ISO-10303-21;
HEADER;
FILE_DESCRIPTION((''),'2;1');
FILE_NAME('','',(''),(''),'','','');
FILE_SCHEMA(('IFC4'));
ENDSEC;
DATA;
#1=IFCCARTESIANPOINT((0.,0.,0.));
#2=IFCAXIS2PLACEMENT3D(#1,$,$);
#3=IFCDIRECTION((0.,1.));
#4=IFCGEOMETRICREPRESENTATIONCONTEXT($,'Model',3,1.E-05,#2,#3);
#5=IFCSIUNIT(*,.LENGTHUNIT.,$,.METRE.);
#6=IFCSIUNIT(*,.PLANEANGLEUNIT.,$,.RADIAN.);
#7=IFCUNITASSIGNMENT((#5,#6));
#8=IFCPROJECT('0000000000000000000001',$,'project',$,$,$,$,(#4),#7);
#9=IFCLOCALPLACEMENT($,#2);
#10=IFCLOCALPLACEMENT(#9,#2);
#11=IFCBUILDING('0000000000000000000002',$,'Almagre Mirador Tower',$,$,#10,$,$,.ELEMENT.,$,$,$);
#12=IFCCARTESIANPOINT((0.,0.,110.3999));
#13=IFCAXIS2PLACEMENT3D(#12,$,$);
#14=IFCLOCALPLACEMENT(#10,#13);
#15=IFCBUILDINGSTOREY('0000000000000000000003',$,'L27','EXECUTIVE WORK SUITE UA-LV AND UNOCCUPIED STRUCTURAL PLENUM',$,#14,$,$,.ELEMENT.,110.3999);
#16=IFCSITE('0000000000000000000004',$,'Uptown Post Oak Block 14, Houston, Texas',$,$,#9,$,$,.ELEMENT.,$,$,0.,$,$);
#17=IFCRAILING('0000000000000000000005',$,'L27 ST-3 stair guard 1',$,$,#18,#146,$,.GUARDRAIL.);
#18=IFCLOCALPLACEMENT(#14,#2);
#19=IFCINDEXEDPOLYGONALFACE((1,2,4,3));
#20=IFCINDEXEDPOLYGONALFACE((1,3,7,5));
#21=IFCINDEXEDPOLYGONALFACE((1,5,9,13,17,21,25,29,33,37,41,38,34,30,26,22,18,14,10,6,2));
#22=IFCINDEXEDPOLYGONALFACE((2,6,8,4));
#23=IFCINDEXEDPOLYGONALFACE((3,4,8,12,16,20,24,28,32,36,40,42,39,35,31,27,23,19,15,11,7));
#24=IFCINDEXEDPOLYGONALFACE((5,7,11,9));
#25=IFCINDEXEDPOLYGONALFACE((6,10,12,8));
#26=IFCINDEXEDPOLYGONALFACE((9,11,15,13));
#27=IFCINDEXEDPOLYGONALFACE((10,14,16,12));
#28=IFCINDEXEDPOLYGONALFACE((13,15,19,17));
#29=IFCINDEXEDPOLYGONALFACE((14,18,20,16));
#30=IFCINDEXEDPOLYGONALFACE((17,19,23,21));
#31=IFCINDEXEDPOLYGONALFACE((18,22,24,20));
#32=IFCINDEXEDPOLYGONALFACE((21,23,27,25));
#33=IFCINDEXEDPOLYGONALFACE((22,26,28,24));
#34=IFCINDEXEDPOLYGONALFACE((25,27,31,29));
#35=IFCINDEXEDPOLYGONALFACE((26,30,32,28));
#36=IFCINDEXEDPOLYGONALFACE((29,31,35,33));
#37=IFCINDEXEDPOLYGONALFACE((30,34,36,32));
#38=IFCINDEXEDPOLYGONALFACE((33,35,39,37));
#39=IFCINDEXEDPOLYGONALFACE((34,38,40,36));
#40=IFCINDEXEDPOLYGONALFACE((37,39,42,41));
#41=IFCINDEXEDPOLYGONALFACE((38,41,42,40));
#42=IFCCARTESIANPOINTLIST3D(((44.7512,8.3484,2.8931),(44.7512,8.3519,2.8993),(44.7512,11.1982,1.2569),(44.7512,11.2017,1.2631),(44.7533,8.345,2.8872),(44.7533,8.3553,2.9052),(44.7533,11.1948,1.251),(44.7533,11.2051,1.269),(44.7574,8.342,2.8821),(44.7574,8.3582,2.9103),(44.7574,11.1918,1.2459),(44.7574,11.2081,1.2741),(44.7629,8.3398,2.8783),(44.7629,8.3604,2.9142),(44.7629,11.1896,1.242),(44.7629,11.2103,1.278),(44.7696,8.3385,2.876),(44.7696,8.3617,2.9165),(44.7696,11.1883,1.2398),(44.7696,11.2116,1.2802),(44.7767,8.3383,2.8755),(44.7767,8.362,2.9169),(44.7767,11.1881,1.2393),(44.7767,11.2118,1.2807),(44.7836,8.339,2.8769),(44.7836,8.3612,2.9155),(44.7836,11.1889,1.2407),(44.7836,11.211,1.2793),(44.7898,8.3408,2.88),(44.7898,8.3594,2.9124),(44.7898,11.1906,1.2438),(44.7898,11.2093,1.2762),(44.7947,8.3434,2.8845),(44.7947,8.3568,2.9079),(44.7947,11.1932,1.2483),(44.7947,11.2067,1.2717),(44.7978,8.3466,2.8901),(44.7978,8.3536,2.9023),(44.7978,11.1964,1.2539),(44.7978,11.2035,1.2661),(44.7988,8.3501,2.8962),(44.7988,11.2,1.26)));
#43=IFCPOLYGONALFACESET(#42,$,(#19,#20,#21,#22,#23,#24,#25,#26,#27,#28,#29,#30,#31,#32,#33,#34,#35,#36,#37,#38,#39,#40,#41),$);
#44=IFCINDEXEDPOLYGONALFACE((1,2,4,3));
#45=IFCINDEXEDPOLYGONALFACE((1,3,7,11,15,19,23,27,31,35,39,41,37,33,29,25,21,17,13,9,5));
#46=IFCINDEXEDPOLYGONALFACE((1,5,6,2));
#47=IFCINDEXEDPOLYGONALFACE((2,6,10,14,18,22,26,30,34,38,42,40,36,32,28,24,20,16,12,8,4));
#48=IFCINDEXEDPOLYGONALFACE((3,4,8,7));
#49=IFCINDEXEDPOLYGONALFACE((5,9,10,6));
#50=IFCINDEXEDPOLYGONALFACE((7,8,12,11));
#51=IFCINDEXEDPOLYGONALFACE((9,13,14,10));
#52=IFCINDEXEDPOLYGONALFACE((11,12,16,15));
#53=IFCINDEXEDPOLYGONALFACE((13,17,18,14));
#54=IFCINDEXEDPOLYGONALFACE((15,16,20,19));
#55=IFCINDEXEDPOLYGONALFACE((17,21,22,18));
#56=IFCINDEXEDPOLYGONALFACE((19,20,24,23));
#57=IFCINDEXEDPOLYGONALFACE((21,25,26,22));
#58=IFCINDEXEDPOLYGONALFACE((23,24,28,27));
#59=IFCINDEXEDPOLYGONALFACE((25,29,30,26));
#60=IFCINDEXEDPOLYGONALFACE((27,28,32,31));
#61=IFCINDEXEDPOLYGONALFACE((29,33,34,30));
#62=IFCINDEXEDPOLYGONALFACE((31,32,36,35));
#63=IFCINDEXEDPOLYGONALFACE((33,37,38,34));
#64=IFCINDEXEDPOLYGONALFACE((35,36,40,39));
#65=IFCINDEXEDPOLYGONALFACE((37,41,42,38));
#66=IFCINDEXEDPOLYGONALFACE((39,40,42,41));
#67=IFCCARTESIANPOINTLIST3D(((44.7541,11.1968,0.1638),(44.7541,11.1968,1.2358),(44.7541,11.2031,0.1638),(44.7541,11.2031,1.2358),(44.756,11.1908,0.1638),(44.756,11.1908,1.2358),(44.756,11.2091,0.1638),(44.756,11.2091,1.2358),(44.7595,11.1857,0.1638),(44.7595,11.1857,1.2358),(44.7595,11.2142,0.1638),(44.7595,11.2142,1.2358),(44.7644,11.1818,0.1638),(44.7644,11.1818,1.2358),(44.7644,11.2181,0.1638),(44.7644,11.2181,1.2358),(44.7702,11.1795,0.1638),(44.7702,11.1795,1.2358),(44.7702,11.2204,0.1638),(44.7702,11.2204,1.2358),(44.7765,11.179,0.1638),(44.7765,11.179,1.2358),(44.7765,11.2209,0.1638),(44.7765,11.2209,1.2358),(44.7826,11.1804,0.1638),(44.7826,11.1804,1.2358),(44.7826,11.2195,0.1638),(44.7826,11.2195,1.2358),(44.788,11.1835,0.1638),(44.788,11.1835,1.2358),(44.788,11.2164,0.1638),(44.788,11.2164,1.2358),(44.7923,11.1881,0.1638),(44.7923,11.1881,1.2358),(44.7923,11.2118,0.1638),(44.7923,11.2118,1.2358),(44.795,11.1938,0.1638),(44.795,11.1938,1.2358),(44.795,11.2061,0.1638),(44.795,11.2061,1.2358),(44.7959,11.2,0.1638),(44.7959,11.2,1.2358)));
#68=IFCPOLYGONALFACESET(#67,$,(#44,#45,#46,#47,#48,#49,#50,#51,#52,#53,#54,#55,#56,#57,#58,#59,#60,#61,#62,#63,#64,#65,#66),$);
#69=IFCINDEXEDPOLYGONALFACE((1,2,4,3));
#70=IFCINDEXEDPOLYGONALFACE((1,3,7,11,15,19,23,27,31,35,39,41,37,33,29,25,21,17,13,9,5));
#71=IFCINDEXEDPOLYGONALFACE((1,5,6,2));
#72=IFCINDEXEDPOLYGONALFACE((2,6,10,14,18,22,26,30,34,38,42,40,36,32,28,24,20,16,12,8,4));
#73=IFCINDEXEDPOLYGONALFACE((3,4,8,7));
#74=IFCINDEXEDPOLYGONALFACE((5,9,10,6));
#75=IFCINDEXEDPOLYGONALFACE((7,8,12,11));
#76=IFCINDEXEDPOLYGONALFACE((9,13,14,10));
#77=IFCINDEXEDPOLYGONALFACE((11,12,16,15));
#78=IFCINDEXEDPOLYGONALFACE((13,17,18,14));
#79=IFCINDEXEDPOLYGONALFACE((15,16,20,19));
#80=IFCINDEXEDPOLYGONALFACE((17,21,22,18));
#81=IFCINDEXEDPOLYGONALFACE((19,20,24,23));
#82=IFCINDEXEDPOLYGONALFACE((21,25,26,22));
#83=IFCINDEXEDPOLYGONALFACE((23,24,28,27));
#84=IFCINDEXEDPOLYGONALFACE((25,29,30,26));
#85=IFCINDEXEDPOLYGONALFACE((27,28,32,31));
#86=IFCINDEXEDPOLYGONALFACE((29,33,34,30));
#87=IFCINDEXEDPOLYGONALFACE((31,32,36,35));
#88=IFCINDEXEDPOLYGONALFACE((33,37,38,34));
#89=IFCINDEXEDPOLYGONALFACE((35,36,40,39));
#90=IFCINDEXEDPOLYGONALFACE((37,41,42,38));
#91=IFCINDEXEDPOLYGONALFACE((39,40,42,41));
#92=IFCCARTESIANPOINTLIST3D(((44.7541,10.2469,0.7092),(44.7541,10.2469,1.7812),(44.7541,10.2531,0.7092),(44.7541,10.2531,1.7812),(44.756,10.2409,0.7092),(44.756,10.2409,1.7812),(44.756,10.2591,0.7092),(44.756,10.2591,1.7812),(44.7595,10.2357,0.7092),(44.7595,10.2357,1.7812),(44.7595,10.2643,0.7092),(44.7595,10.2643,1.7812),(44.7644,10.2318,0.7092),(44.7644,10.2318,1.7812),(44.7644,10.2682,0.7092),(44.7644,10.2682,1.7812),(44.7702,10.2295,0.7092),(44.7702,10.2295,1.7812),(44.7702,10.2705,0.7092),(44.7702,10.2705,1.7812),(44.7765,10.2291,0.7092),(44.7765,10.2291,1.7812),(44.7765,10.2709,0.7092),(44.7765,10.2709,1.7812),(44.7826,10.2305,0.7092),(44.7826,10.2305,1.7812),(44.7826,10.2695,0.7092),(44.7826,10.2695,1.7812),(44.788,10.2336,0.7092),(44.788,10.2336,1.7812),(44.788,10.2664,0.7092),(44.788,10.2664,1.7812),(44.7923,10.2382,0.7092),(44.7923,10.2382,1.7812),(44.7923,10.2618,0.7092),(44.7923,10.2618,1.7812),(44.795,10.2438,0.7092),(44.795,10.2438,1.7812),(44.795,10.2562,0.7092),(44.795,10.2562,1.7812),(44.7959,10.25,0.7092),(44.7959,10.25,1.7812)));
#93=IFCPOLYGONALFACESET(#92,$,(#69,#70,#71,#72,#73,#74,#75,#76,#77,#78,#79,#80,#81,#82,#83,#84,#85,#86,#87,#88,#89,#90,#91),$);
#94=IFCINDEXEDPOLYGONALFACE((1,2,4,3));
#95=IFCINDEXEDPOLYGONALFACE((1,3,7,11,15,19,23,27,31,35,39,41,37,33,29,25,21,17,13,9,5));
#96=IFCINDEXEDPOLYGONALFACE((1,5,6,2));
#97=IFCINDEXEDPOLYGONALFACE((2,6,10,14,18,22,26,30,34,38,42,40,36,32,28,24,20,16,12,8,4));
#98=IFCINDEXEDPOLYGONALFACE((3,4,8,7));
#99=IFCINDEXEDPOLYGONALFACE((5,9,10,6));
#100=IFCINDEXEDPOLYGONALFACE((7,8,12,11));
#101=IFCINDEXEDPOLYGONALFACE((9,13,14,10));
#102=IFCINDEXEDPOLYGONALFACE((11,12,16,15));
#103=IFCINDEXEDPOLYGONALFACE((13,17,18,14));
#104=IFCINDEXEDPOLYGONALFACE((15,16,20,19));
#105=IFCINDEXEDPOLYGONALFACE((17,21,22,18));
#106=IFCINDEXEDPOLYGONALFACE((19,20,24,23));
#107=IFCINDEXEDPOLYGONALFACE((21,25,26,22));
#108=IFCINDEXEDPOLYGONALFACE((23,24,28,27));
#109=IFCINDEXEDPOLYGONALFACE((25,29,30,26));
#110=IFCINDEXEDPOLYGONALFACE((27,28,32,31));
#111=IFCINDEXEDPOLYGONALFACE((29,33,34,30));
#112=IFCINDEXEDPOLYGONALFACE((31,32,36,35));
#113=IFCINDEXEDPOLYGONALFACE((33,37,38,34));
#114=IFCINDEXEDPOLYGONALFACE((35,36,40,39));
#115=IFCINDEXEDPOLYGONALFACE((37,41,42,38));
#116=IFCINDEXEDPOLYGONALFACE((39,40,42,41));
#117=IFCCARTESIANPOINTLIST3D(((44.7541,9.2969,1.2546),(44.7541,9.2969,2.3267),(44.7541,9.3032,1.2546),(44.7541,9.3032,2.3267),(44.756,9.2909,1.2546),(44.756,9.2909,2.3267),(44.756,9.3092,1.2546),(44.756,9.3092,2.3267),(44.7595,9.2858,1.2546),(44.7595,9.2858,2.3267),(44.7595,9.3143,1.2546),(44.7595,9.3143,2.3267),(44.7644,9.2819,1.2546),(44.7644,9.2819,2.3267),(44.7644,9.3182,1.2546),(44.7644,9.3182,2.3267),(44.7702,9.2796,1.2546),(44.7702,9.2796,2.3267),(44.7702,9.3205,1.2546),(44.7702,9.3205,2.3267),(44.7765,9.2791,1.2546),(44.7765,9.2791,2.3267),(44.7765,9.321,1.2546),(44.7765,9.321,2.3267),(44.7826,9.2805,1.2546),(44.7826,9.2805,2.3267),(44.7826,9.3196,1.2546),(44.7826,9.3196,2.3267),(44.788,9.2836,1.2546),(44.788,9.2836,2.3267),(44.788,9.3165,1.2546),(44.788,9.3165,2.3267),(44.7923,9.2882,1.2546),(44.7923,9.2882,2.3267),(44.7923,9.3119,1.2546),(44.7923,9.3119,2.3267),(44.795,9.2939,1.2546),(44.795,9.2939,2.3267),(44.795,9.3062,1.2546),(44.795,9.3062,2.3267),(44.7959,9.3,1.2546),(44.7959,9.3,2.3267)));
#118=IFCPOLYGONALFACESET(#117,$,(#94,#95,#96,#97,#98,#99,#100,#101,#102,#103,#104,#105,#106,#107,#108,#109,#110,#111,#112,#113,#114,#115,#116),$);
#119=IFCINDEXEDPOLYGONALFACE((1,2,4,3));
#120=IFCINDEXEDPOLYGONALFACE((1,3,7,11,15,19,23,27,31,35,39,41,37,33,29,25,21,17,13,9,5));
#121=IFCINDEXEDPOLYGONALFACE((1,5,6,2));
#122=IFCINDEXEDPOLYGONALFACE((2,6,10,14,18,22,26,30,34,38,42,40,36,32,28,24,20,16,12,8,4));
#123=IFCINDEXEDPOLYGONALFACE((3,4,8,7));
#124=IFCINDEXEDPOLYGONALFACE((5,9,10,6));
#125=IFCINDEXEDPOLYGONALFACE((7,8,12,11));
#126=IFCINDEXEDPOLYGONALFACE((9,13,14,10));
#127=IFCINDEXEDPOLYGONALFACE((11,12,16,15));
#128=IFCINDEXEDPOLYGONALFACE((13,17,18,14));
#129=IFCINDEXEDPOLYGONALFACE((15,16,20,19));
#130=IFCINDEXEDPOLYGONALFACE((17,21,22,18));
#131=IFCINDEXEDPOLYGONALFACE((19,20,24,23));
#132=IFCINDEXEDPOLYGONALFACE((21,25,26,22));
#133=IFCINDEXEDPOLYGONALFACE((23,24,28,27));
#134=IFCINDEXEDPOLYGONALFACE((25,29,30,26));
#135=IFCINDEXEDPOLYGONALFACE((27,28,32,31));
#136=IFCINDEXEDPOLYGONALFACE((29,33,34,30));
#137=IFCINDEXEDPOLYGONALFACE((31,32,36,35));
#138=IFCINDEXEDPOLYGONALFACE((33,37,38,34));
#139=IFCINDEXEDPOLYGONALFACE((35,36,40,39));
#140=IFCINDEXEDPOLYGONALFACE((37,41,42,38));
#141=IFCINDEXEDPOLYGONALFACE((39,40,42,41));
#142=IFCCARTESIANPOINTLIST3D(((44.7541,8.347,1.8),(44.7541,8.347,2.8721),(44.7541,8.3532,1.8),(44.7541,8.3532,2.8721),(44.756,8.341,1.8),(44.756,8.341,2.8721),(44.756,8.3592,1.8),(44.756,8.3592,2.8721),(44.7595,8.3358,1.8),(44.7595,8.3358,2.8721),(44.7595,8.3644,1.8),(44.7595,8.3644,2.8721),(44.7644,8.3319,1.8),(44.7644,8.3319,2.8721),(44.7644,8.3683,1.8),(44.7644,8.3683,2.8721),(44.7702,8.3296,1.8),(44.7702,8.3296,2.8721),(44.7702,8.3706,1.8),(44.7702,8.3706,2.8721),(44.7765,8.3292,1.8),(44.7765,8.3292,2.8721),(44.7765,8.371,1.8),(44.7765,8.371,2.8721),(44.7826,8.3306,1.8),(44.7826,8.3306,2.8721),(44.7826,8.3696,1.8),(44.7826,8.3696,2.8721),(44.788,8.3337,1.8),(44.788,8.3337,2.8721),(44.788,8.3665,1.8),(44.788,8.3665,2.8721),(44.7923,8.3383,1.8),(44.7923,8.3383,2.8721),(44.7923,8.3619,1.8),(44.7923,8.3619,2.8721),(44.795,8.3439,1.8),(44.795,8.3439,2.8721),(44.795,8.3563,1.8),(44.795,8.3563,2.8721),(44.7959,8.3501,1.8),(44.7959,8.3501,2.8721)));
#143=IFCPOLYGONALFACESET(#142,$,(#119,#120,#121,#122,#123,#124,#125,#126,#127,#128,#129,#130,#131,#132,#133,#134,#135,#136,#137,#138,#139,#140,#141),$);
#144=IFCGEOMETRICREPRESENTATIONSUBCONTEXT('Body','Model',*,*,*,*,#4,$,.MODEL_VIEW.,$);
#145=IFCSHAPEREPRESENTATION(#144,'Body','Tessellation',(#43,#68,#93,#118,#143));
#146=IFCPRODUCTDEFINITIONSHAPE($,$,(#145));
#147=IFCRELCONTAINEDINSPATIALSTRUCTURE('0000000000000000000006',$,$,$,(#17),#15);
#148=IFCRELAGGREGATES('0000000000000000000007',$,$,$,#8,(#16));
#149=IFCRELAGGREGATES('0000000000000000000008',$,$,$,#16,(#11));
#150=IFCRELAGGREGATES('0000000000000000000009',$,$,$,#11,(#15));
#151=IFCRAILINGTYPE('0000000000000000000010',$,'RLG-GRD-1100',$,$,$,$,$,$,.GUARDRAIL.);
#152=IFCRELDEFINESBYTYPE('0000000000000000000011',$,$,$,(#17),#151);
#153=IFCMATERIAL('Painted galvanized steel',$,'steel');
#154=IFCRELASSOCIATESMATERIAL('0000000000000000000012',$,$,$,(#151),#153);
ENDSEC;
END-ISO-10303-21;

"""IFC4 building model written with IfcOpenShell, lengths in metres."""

from ifc_helpers import new_model, si_unit, direction, frame, origin, origin_2d, place, context, subcontext, project, spatial, circle, extrude, material, type_object, element, save


model = new_model("IFC4")

# Units and contexts
model_context = context("Model", 3, precision=1e-05, world=origin(), true_north=direction((0.0, 1.0)))
body_context = subcontext(model_context, "Body", "Model", "MODEL_VIEW")
ifc_project = project(units=[si_unit("LENGTHUNIT", "METRE"), si_unit("PLANEANGLEUNIT", "RADIAN")], contexts=[model_context])

# Site, building, storey
site_placement = place(None, origin())
site = spatial("IfcSite", under=ifc_project, at=site_placement, Name="Uptown Post Oak Block 14, Houston, Texas", CompositionType="ELEMENT", RefElevation=0.0)
building_placement = place(site_placement, origin())
building = spatial("IfcBuilding", under=site, at=building_placement, Name="Almagre Mirador Tower", CompositionType="ELEMENT")
storey_placement = place(building_placement, frame((0.0, 0.0, 110.3999)))
storey = spatial("IfcBuildingStorey", under=building, at=storey_placement, Name="L27", Description="EXECUTIVE WORK SUITE UA-LV AND UNOCCUPIED STRUCTURAL PLENUM", CompositionType="ELEMENT", Elevation=110.3999)

# Railing
ifc_material_1 = material(Name="Painted galvanized steel", Category="steel")
railing_type_1 = type_object("IfcRailingType", Name="RLG-GRD-1100", PredefinedType="GUARDRAIL", material=ifc_material_1)
railing_1_placement = place(storey_placement, frame((44.7749, 11.2, 0.1638)))
element("IfcRailing", 1, at=railing_1_placement, inside=storey, type_object=railing_type_1, Name="L27 ST-3 stair guard 1", PredefinedType="GUARDRAIL", context=body_context, shape_type="SweptSolid", body=[
    extrude(circle(Radius=0.0239, at=origin_2d()), frame((0.0, 0.0, 1.0962), z_axis=(0.0, -0.867226, 0.497914), x_axis=(1.0, 0.0, 0.0)), (0.0, 0.0, 1.0), 3.2861),
    extrude(circle(Radius=0.021, at=origin_2d()), origin(), (0.0, 0.0, 1.0), 1.072),
    extrude(circle(Radius=0.021, at=origin_2d()), frame((0.0, -0.95, 0.5454)), (0.0, 0.0, 1.0), 1.072),
    extrude(circle(Radius=0.021, at=origin_2d()), frame((0.0, -1.8999, 1.0908)), (0.0, 0.0, 1.0), 1.072),
    extrude(circle(Radius=0.021, at=origin_2d()), frame((0.0, -2.8499, 1.6362)), (0.0, 0.0, 1.0), 1.072),
])

save(model, "model.ifc")
